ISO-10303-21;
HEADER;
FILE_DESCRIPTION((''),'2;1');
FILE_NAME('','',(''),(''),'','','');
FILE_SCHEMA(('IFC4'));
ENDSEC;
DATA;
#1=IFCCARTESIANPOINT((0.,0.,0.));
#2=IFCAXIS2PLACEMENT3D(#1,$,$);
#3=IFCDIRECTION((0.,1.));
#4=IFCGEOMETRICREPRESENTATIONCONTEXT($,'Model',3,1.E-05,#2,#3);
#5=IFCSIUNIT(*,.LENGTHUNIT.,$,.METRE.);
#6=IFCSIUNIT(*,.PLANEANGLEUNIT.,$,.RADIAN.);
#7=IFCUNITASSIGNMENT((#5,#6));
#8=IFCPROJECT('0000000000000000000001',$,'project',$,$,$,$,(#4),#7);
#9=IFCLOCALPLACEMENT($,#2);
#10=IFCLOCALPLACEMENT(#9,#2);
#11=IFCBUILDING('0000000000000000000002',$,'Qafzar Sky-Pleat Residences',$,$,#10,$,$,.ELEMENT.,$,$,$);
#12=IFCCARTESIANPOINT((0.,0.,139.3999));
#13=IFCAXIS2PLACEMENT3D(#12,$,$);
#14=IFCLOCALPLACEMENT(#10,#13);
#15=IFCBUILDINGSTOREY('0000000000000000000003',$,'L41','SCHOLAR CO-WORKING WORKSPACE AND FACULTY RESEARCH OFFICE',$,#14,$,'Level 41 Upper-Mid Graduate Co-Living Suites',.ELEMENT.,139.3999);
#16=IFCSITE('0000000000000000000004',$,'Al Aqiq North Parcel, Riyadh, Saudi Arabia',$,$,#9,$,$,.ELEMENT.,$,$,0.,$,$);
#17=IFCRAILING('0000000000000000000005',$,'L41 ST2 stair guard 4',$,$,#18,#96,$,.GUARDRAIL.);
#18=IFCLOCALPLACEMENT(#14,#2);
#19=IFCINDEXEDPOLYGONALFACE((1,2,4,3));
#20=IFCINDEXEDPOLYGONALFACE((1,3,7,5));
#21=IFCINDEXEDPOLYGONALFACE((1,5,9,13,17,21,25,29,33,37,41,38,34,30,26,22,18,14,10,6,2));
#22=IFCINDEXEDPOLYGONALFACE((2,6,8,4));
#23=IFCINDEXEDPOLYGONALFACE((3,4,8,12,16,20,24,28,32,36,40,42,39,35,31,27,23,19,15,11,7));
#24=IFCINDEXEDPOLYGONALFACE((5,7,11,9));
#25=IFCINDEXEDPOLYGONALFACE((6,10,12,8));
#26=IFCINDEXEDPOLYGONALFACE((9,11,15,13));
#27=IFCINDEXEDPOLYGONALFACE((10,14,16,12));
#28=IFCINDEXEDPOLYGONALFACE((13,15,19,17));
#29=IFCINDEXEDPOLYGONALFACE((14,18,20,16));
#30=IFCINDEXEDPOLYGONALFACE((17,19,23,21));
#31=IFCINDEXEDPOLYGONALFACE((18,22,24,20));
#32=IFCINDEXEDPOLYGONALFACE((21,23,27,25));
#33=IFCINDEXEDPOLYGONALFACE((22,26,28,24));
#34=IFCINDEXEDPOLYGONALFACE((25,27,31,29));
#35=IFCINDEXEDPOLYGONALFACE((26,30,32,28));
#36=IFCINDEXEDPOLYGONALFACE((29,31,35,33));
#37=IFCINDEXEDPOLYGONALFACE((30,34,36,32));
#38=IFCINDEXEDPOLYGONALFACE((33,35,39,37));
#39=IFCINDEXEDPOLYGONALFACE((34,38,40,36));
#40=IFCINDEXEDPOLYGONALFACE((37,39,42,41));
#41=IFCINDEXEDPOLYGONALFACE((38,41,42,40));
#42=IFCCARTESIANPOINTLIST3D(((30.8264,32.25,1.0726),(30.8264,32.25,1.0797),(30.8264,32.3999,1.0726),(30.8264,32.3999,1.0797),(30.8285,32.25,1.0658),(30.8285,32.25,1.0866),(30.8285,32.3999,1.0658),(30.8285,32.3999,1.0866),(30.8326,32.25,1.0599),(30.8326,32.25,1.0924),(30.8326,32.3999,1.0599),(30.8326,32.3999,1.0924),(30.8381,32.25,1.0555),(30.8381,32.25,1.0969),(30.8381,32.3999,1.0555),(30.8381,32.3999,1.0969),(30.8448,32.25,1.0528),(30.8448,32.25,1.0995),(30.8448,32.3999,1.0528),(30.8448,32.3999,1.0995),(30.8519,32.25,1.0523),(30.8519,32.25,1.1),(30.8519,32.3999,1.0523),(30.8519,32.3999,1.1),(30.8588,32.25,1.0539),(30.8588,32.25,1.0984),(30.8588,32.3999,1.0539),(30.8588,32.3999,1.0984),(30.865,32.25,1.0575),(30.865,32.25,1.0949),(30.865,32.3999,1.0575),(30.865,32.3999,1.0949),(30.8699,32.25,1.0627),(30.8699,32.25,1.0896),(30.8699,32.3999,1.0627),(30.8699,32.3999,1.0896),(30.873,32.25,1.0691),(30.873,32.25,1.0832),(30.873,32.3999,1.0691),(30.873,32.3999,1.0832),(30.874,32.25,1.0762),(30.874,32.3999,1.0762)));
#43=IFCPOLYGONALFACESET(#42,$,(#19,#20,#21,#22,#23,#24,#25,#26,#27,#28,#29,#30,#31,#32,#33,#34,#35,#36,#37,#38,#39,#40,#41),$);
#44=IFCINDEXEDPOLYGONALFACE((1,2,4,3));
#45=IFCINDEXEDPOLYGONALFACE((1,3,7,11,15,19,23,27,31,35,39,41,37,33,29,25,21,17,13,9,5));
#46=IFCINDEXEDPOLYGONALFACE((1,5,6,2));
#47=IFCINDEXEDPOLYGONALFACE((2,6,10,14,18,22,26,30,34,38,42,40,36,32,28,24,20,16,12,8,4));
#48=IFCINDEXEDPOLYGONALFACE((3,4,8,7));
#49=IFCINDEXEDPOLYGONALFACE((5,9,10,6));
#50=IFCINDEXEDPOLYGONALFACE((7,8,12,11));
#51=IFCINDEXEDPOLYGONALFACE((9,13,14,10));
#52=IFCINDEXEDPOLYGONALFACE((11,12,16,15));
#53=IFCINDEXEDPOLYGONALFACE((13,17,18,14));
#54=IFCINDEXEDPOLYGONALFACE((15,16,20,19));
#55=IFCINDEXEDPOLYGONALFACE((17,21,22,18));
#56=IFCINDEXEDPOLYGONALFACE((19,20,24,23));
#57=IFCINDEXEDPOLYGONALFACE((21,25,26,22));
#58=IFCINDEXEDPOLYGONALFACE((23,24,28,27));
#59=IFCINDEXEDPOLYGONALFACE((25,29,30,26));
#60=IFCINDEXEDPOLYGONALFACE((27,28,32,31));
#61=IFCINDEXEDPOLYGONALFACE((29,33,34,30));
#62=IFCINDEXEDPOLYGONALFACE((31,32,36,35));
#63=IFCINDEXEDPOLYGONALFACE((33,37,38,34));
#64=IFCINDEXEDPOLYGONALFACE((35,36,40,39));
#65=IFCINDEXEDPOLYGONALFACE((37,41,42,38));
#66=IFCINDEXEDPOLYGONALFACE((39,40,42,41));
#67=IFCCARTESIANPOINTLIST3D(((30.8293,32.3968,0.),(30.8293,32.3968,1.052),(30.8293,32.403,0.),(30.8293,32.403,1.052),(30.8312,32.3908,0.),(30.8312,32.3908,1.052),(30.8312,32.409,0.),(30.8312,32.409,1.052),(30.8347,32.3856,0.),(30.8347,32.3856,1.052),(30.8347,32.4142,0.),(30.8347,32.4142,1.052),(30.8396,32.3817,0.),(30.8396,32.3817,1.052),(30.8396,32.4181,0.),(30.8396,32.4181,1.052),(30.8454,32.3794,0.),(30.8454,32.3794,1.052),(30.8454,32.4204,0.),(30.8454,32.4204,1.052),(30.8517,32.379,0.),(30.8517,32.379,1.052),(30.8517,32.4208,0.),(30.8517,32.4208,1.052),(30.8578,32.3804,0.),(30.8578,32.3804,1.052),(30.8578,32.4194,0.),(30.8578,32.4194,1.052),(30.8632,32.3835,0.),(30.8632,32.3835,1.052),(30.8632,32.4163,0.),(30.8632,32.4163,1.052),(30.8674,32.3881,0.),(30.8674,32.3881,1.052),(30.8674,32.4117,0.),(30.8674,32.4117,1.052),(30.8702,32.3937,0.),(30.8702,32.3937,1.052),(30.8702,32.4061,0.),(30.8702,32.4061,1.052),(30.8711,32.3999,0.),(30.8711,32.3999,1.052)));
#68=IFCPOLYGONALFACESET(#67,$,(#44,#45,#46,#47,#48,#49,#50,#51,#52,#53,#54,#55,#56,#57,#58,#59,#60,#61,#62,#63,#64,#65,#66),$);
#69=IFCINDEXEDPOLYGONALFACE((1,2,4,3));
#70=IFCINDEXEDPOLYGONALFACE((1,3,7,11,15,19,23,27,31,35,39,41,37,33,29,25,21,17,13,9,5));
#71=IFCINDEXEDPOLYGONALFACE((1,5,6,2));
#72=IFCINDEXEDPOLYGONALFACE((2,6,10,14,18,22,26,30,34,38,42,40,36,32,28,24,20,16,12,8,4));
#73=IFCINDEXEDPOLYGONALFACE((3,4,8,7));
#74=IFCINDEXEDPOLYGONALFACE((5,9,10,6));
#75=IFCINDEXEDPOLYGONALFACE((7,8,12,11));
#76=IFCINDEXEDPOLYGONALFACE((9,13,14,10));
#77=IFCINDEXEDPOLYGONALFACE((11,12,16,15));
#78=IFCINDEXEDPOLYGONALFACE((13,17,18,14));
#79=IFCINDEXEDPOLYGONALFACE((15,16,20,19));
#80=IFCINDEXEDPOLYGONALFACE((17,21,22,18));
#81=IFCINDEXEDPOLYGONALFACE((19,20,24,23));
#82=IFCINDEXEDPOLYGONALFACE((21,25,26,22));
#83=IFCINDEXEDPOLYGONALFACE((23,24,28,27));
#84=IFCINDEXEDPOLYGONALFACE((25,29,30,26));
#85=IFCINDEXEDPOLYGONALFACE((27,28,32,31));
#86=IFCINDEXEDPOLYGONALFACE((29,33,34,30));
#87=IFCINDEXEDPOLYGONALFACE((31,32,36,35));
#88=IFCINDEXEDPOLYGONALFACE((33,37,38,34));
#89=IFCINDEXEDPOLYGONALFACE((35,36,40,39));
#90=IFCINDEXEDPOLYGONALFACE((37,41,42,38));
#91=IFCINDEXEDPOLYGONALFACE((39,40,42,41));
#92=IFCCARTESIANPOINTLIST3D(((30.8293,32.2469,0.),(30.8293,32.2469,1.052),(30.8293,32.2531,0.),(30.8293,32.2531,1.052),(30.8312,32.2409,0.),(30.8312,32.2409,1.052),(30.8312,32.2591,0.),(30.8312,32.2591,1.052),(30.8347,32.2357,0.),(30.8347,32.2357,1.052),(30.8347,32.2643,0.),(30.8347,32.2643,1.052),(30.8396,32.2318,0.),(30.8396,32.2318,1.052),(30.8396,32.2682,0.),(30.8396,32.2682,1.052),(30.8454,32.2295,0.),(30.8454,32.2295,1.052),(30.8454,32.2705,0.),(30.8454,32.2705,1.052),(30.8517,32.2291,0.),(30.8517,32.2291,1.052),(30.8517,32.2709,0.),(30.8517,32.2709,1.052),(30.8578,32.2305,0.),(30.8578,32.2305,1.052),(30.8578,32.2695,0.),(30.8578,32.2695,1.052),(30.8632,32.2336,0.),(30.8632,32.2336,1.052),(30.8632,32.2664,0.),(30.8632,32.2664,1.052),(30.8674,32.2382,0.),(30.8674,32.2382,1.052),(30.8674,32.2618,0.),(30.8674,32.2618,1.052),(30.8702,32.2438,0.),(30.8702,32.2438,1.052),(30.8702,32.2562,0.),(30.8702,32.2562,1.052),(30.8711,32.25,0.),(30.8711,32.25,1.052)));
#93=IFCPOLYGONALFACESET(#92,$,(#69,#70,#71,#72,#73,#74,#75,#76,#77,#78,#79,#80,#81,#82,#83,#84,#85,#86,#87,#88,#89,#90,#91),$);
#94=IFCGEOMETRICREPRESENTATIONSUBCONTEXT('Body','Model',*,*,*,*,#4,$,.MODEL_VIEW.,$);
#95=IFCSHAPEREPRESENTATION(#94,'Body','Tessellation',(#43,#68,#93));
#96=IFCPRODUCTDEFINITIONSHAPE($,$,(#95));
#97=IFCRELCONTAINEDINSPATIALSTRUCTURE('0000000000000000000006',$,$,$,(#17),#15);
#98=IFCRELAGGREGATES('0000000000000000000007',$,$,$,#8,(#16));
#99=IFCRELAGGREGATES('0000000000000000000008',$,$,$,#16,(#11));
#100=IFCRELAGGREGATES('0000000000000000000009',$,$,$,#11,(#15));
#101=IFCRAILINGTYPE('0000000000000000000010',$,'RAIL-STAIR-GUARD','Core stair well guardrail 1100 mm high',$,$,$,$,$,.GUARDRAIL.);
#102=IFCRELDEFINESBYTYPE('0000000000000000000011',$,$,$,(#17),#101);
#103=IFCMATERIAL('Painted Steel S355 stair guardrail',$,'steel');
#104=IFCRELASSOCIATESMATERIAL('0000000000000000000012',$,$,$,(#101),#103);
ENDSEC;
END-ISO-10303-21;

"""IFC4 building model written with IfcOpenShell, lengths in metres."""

from ifc_helpers import new_model, si_unit, direction, frame, origin, origin_2d, place, context, subcontext, project, spatial, circle, extrude, source, transform, mapped, material, type_object, element, save


model = new_model("IFC4")

# Units and contexts
model_context = context("Model", 3, precision=1e-05, world=origin(), true_north=direction((0.0, 1.0)))
body_context = subcontext(model_context, "Body", "Model", "MODEL_VIEW")
ifc_project = project(units=[si_unit("LENGTHUNIT", "METRE"), si_unit("PLANEANGLEUNIT", "RADIAN")], contexts=[model_context])

# Site, building, storey
site_placement = place(None, origin())
site = spatial("IfcSite", under=ifc_project, at=site_placement, Name="Al Aqiq North Parcel, Riyadh, Saudi Arabia", CompositionType="ELEMENT", RefElevation=0.0)
building_placement = place(site_placement, origin())
building = spatial("IfcBuilding", under=site, at=building_placement, Name="Qafzar Sky-Pleat Residences", CompositionType="ELEMENT")
storey_placement = place(building_placement, frame((0.0, 0.0, 139.3999)))
storey = spatial("IfcBuildingStorey", under=building, at=storey_placement, Name="L41", Description="SCHOLAR CO-WORKING WORKSPACE AND FACULTY RESEARCH OFFICE", LongName="Level 41 Upper-Mid Graduate Co-Living Suites", CompositionType="ELEMENT", Elevation=139.3999)

# Railing
ifc_material_1 = material(Name="Painted Steel S355 stair guardrail", Category="steel")
railing_type_1 = type_object("IfcRailingType", Name="RAIL-STAIR-GUARD", Description="Core stair well guardrail 1100 mm high", PredefinedType="GUARDRAIL", material=ifc_material_1)
shared_shape_1 = source(origin(), body_context, "Body", "SweptSolid", [
    extrude(circle(Radius=0.0239, at=origin_2d()), frame((0.0, 0.0, 1.0762), z_axis=(0.0, -1.0, 0.0), x_axis=(1.0, 0.0, 0.0)), (0.0, 0.0, 1.0), 0.1499),
    extrude(circle(Radius=0.021, at=origin_2d()), origin(), (0.0, 0.0, 1.0), 1.052),
    extrude(circle(Radius=0.021, at=origin_2d()), frame((0.0, -0.1499, 0.0)), (0.0, 0.0, 1.0), 1.052),
])
railing_1_placement = place(storey_placement, frame((30.8501, 32.3999, 0.0)))
element("IfcRailing", 1, at=railing_1_placement, inside=storey, type_object=railing_type_1, Name="L41 ST2 stair guard 4", PredefinedType="GUARDRAIL", context=body_context, shape_type="MappedRepresentation", body=[
    mapped(shared_shape_1, transform((0.0, 0.0, 0.0), x_axis=(1.0, 0.0, 0.0), y_axis=(0.0, 1.0, 0.0), z_axis=(0.0, 0.0, 1.0), scale=1.0)),
])

save(model, "model.ifc")
